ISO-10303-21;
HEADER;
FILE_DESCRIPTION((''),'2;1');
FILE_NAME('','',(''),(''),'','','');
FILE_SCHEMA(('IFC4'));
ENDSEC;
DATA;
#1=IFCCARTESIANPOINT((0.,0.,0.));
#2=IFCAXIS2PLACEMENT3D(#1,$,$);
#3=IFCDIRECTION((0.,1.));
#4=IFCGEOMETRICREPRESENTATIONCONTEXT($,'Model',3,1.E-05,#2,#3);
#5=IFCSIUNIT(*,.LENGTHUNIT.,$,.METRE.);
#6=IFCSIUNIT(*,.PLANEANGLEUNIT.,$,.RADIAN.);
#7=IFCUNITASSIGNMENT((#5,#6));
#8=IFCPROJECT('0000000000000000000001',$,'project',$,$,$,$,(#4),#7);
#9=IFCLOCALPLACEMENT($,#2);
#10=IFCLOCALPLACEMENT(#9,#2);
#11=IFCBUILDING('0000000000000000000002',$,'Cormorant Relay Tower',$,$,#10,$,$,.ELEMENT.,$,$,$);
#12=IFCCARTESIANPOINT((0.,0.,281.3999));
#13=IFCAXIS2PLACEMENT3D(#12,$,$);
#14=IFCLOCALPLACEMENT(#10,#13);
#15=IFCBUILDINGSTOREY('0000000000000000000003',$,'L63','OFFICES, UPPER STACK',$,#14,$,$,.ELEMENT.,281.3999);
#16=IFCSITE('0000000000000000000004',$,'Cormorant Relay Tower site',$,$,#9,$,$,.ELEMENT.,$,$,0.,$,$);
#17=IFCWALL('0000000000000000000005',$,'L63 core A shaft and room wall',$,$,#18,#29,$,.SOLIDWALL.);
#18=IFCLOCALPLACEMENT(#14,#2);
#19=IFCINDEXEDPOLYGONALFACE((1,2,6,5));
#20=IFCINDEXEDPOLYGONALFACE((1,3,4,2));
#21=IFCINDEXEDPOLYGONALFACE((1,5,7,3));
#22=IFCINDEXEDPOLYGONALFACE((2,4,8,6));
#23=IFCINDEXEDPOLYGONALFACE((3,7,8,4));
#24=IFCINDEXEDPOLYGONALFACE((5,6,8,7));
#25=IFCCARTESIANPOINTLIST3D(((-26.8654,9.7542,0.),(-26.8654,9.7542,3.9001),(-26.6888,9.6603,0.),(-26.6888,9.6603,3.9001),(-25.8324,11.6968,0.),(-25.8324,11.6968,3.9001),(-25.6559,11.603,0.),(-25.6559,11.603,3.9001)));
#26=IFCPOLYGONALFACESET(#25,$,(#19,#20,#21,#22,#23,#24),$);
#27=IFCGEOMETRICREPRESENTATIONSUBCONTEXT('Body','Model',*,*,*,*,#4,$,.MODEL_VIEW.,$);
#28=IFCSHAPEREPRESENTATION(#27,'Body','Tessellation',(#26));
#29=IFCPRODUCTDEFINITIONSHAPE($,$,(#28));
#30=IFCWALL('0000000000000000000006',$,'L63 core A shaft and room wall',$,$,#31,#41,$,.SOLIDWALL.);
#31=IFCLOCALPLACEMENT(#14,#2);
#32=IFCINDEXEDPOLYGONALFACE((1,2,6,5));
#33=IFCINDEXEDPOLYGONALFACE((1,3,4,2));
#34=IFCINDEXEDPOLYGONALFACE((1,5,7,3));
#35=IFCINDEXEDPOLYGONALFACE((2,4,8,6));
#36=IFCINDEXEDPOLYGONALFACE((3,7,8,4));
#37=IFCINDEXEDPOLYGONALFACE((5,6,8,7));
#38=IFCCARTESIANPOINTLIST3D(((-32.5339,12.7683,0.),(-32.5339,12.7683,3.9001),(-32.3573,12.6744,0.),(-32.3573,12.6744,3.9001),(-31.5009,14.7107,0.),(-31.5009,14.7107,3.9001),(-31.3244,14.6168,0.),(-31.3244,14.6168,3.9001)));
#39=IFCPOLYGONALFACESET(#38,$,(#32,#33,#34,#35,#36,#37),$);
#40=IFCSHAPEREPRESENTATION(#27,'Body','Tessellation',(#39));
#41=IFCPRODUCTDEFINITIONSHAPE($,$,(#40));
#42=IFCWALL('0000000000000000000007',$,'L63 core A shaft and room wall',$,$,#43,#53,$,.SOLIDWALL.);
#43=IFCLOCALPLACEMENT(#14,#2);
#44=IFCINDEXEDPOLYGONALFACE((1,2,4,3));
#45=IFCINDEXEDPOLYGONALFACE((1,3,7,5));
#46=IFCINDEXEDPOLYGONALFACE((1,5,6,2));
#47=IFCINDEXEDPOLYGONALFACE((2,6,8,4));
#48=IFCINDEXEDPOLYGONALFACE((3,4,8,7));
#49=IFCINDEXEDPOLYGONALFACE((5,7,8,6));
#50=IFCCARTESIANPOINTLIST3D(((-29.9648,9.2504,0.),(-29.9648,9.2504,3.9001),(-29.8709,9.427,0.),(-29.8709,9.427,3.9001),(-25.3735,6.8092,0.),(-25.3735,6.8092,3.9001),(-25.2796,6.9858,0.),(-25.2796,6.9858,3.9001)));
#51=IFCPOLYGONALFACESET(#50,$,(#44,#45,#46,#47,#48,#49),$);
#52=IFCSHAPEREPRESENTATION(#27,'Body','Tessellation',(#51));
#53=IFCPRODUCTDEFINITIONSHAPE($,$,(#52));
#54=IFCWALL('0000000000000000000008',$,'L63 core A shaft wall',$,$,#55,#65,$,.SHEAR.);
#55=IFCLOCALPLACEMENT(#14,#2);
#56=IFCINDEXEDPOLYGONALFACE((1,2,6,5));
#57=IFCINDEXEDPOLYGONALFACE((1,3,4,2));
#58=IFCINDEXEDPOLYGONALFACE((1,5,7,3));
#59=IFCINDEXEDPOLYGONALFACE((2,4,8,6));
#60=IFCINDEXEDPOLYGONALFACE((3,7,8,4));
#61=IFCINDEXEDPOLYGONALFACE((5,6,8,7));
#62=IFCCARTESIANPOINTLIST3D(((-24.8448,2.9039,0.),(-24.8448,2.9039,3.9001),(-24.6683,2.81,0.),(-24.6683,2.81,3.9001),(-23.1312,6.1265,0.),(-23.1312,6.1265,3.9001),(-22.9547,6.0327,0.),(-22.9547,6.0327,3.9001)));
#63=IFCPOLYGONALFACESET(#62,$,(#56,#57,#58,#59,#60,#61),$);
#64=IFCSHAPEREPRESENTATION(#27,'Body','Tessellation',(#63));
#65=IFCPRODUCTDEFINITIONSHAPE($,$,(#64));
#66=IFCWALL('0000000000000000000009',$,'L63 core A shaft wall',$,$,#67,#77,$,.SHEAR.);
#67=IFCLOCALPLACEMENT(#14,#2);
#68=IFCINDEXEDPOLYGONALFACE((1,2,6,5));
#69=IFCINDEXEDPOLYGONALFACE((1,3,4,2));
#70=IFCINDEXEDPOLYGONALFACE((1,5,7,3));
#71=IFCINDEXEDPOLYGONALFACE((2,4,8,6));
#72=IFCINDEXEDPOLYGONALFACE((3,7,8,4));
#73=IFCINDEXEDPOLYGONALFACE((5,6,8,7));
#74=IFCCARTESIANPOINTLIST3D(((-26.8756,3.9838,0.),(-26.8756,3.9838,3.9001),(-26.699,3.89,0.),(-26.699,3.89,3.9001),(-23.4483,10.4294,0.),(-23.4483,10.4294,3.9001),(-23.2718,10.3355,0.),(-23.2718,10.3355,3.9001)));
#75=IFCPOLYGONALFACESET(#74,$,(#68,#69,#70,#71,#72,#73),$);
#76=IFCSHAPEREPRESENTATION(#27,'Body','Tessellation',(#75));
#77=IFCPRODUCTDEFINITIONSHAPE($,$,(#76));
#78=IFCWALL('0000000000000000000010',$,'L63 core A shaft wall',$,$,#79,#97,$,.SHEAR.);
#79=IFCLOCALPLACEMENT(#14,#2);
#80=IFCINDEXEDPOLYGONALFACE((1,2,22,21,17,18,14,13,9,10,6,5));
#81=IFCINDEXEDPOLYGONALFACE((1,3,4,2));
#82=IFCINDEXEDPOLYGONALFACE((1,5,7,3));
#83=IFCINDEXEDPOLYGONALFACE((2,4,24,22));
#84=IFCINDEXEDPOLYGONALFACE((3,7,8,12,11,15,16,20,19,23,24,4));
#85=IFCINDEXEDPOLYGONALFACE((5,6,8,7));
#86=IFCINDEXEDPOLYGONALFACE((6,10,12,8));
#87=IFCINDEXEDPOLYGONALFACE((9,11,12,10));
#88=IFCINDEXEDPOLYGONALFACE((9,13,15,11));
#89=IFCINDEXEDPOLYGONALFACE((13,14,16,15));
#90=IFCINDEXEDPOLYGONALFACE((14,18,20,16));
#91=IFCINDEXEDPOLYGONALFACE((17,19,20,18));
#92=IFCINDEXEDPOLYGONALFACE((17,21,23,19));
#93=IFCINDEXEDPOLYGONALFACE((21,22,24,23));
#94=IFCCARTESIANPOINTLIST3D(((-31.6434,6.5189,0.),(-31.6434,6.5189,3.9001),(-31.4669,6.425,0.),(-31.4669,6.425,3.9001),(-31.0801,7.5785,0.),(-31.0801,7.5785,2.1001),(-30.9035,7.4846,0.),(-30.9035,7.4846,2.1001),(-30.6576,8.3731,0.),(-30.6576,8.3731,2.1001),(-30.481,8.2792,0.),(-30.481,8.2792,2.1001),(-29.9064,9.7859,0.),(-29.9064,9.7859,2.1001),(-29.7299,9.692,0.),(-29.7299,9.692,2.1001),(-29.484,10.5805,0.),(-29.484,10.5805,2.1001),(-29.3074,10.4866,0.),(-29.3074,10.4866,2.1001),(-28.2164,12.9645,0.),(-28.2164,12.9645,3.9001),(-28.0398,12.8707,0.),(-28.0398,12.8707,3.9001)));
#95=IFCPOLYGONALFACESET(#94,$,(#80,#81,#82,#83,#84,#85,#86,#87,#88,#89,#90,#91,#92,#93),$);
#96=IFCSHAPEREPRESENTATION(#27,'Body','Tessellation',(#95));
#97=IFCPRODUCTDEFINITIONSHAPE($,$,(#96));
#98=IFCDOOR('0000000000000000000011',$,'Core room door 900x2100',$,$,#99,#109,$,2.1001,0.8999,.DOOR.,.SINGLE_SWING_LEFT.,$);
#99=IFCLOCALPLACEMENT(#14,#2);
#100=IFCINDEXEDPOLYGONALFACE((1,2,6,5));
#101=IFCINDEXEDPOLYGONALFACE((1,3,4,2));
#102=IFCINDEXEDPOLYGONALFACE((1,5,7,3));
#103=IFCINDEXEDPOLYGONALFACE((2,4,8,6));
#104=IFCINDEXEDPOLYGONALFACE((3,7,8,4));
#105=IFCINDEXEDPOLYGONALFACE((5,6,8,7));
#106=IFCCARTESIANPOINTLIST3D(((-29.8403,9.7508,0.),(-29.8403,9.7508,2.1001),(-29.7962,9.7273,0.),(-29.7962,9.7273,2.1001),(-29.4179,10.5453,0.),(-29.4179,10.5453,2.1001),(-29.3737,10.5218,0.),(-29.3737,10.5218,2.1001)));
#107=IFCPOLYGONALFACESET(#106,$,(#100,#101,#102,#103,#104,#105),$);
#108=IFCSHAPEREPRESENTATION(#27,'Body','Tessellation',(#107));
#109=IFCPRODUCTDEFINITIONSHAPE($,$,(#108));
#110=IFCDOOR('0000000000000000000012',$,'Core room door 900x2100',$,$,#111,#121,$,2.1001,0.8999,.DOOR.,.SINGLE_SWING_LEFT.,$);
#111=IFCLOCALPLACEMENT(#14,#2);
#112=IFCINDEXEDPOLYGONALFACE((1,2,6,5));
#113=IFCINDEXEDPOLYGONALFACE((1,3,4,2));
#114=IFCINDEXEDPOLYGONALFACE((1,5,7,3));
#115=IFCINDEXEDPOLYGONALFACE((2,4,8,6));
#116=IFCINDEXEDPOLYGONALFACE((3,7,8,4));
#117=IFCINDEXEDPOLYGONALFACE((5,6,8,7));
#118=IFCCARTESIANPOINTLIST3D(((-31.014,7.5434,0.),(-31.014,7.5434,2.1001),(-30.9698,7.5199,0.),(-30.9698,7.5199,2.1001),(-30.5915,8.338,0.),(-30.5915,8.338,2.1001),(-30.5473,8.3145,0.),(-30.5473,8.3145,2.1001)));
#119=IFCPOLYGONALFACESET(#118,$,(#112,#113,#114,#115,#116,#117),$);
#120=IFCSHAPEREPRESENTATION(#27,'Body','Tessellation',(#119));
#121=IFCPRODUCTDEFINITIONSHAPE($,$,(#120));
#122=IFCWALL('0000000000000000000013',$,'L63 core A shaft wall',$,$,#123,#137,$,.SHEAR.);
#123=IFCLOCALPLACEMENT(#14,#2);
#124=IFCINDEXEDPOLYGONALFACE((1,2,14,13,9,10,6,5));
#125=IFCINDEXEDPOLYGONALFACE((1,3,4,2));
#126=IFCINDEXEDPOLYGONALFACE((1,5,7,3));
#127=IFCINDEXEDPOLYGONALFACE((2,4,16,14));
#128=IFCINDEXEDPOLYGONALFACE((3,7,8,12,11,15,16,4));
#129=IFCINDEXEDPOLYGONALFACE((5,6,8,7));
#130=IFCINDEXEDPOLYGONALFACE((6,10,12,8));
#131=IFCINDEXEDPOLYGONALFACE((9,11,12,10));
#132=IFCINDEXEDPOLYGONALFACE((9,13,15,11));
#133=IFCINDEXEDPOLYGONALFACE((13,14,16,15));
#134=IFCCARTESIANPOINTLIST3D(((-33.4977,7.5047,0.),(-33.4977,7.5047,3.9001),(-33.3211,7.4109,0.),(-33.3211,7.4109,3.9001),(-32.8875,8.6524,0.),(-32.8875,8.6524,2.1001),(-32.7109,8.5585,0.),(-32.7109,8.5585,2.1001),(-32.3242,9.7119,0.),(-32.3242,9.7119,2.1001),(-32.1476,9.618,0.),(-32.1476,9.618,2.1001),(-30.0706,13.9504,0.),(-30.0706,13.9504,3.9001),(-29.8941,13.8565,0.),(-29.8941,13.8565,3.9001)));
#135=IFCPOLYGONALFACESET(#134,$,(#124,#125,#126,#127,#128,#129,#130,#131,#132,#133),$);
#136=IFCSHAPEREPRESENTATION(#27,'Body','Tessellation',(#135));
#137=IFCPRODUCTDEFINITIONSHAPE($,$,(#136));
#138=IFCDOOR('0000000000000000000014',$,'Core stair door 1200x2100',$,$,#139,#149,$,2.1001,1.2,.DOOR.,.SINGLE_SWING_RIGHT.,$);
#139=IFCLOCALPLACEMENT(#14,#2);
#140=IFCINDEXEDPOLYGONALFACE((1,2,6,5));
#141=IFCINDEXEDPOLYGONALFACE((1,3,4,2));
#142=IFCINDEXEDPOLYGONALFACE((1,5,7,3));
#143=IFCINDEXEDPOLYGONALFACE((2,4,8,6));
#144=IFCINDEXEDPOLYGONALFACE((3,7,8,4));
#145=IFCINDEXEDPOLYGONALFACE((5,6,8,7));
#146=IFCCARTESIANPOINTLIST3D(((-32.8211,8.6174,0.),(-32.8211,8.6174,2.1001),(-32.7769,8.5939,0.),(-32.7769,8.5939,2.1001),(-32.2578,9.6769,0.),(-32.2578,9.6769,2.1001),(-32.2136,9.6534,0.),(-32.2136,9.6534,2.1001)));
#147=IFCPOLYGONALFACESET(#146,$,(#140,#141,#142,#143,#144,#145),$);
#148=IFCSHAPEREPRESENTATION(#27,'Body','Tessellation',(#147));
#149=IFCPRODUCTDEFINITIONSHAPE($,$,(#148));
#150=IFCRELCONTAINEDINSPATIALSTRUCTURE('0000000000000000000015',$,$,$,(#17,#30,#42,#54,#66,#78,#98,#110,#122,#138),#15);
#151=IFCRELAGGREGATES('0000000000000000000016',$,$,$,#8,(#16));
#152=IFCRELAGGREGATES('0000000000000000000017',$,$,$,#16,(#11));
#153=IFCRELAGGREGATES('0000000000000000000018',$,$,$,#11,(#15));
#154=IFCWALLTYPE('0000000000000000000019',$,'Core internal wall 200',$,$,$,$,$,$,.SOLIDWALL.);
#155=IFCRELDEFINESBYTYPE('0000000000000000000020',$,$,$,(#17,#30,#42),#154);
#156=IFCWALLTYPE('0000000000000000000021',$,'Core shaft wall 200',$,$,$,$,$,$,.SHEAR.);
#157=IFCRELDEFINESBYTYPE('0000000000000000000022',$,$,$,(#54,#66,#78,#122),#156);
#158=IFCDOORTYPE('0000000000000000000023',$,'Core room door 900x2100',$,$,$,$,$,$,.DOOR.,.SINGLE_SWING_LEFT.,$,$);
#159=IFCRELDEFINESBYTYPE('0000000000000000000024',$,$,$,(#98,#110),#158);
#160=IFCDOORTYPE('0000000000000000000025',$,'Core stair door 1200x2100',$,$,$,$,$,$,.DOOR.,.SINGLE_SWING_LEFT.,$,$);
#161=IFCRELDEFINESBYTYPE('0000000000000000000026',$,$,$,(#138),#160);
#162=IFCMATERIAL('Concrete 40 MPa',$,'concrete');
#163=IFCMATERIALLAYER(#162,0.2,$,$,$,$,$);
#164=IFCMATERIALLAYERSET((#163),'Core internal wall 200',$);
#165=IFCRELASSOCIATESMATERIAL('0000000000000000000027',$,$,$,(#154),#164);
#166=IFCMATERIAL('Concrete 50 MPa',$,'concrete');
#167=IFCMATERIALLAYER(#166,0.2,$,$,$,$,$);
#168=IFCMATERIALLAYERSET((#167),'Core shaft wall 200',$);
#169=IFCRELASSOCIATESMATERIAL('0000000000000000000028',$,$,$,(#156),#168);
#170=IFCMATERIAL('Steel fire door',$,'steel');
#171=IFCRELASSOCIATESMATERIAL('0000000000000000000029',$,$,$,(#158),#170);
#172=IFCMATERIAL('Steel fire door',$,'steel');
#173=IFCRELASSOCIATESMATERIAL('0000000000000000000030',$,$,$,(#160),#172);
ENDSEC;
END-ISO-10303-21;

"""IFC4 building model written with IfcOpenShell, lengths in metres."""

from ifc_helpers import new_model, si_unit, direction, frame, frame_2d, origin, place, context, subcontext, project, spatial, rectangle, extrude, material, layer, layer_set, type_object, element, fill, save


model = new_model("IFC4")

# Units and contexts
model_context = context("Model", 3, precision=1e-05, world=origin(), true_north=direction((0.0, 1.0)))
body_context = subcontext(model_context, "Body", "Model", "MODEL_VIEW")
ifc_project = project(units=[si_unit("LENGTHUNIT", "METRE"), si_unit("PLANEANGLEUNIT", "RADIAN")], contexts=[model_context])

# Site, building, storey
site_placement = place(None, origin())
site = spatial("IfcSite", under=ifc_project, at=site_placement, Name="Cormorant Relay Tower site", CompositionType="ELEMENT", RefElevation=0.0)
building_placement = place(site_placement, origin())
building = spatial("IfcBuilding", under=site, at=building_placement, Name="Cormorant Relay Tower", CompositionType="ELEMENT")
storey_placement = place(building_placement, frame((0.0, 0.0, 281.3999)))
storey = spatial("IfcBuildingStorey", under=building, at=storey_placement, Name="L63", Description="OFFICES, UPPER STACK", CompositionType="ELEMENT", Elevation=281.3999)

# Walls
ifc_material_1 = material(Name="Concrete 40 MPa", Category="concrete")
ifc_layer_1 = layer(ifc_material_1, 0.2)
ifc_layer_set_1 = layer_set([ifc_layer_1], Name="Core internal wall 200")
wall_type_1 = type_object("IfcWallType", Name="Core internal wall 200", PredefinedType="SOLIDWALL", material=ifc_layer_set_1)
wall_1_placement = place(storey_placement, frame((-25.7441, 11.6499, 0.0), z_axis=(0.0, 0.0, 1.0), x_axis=(-0.469488, -0.882939, 0.0)))
element("IfcWall", 1, at=wall_1_placement, inside=storey, type_object=wall_type_1, Name="L63 core A shaft and room wall", PredefinedType="SOLIDWALL", context=body_context, shape_type="SweptSolid", body=[
    extrude(rectangle(XDim=2.2002, YDim=0.2, at=frame_2d((1.1001, 0.0))), origin(), (0.0, 0.0, 1.0), 3.9001),
])
wall_2_placement = place(storey_placement, frame((-31.4126, 14.6638, 0.0), z_axis=(0.0, 0.0, 1.0), x_axis=(-0.469534, -0.882914, 0.0)))
element("IfcWall", 2, at=wall_2_placement, inside=storey, type_object=wall_type_1, Name="L63 core A shaft and room wall", PredefinedType="SOLIDWALL", context=body_context, shape_type="SweptSolid", body=[
    extrude(rectangle(XDim=2.2, YDim=0.2, at=frame_2d((1.1001, 0.0))), origin(), (0.0, 0.0, 1.0), 3.9001),
])
wall_3_placement = place(storey_placement, frame((-25.3264, 6.8975, 0.0), z_axis=(0.0, 0.0, 1.0), x_axis=(-0.882954, 0.46946, 0.0)))
element("IfcWall", 3, at=wall_3_placement, inside=storey, type_object=wall_type_1, Name="L63 core A shaft and room wall", PredefinedType="SOLIDWALL", context=body_context, shape_type="SweptSolid", body=[
    extrude(rectangle(XDim=5.2, YDim=0.2, at=frame_2d((2.6001, 0.0))), origin(), (0.0, 0.0, 1.0), 3.9001),
])
ifc_material_2 = material(Name="Concrete 50 MPa", Category="concrete")
ifc_layer_2 = layer(ifc_material_2, 0.2)
ifc_layer_set_2 = layer_set([ifc_layer_2], Name="Core shaft wall 200")
wall_type_2 = type_object("IfcWallType", Name="Core shaft wall 200", PredefinedType="SHEAR", material=ifc_layer_set_2)
wall_4_placement = place(storey_placement, frame((-23.043, 6.0796, 0.0), z_axis=(0.0, 0.0, 1.0), x_axis=(-0.469494, -0.882936, 0.0)))
element("IfcWall", 4, at=wall_4_placement, inside=storey, type_object=wall_type_2, Name="L63 core A shaft wall", PredefinedType="SHEAR", context=body_context, shape_type="SweptSolid", body=[
    extrude(rectangle(XDim=3.6499, YDim=0.2, at=frame_2d((1.825, 0.0))), origin(), (0.0, 0.0, 1.0), 3.9001),
])
wall_5_placement = place(storey_placement, frame((-23.3601, 10.3823, 0.0), z_axis=(0.0, 0.0, 1.0), x_axis=(-0.46948, -0.882943, 0.0)))
element("IfcWall", 5, at=wall_5_placement, inside=storey, type_object=wall_type_2, Name="L63 core A shaft wall", PredefinedType="SHEAR", context=body_context, shape_type="SweptSolid", body=[
    extrude(rectangle(XDim=7.3, YDim=0.2, at=frame_2d((3.6499, 0.0))), origin(), (0.0, 0.0, 1.0), 3.9001),
])

# Wall, openings, doors
wall_6_placement = place(storey_placement, frame((-28.1282, 12.9175, 0.0), z_axis=(0.0, 0.0, 1.0), x_axis=(-0.469454, -0.882957, 0.0)))
wall_6 = element("IfcWall", 6, at=wall_6_placement, inside=storey, type_object=wall_type_2, Name="L63 core A shaft wall", PredefinedType="SHEAR", context=body_context, shape_type="SweptSolid", body=[
    extrude(rectangle(XDim=7.3, YDim=0.2, at=frame_2d((3.6499, 0.0))), origin(), (0.0, 0.0, 1.0), 3.9001),
])
opening_1_placement = place(wall_6_placement, frame((2.7, 0.0, 0.0)))
opening_1 = element("IfcOpeningElement", 7, at=opening_1_placement, cuts=wall_6, PredefinedType="OPENING", context=body_context, shape_type="SweptSolid", body=[
    extrude(rectangle(XDim=0.8999, YDim=2.1001, at=frame_2d((0.45, 1.05))), frame((0.0, 0.1099, 0.0), z_axis=(0.0, -1.0, 0.0), x_axis=(1.0, 0.0, 0.0)), (0.0, 0.0, 1.0), 0.22),
])
opening_2_placement = place(wall_6_placement, frame((5.2, 0.0, 0.0)))
opening_2 = element("IfcOpeningElement", 8, at=opening_2_placement, cuts=wall_6, PredefinedType="OPENING", context=body_context, shape_type="SweptSolid", body=[
    extrude(rectangle(XDim=0.8999, YDim=2.1001, at=frame_2d((0.45, 1.05))), frame((0.0, 0.1099, 0.0), z_axis=(0.0, -1.0, 0.0), x_axis=(1.0, 0.0, 0.0)), (0.0, 0.0, 1.0), 0.22),
])
ifc_material_3 = material(Name="Steel fire door", Category="steel")
door_type_1 = type_object("IfcDoorType", Name="Core room door 900x2100", OperationType="SINGLE_SWING_LEFT", PredefinedType="DOOR", material=ifc_material_3)
door_1_placement = place(opening_1_placement, origin())
door_1 = element("IfcDoor", 9, at=door_1_placement, inside=storey, type_object=door_type_1, Name="Core room door 900x2100", OperationType="SINGLE_SWING_LEFT", OverallHeight=2.1001, OverallWidth=0.8999, PredefinedType="DOOR", context=body_context, shape_type="SweptSolid", body=[
    extrude(rectangle(XDim=0.8999, YDim=2.1001, at=frame_2d((0.45, 1.05))), frame((0.0, 0.0249, 0.0), z_axis=(0.0, -1.0, 0.0), x_axis=(1.0, 0.0, 0.0)), (0.0, 0.0, 1.0), 0.05),
])
fill(opening_1, door_1)
door_2_placement = place(opening_2_placement, origin())
door_2 = element("IfcDoor", 10, at=door_2_placement, inside=storey, type_object=door_type_1, Name="Core room door 900x2100", OperationType="SINGLE_SWING_LEFT", OverallHeight=2.1001, OverallWidth=0.8999, PredefinedType="DOOR", context=body_context, shape_type="SweptSolid", body=[
    extrude(rectangle(XDim=0.8999, YDim=2.1001, at=frame_2d((0.45, 1.05))), frame((0.0, 0.0249, 0.0), z_axis=(0.0, -1.0, 0.0), x_axis=(1.0, 0.0, 0.0)), (0.0, 0.0, 1.0), 0.05),
])
fill(opening_2, door_2)

# Wall, opening, door
wall_7_placement = place(storey_placement, frame((-29.9824, 13.9033, 0.0), z_axis=(0.0, 0.0, 1.0), x_axis=(-0.469454, -0.882957, 0.0)))
wall_7 = element("IfcWall", 11, at=wall_7_placement, inside=storey, type_object=wall_type_2, Name="L63 core A shaft wall", PredefinedType="SHEAR", context=body_context, shape_type="SweptSolid", body=[
    extrude(rectangle(XDim=7.3, YDim=0.2, at=frame_2d((3.6499, 0.0))), origin(), (0.0, 0.0, 1.0), 3.9001),
])
opening_3_placement = place(wall_7_placement, frame((4.8, 0.0, 0.0)))
opening_3 = element("IfcOpeningElement", 12, at=opening_3_placement, cuts=wall_7, PredefinedType="OPENING", context=body_context, shape_type="SweptSolid", body=[
    extrude(rectangle(XDim=1.2, YDim=2.1001, at=frame_2d((0.6001, 1.05))), frame((0.0, 0.1099, 0.0), z_axis=(0.0, -1.0, 0.0), x_axis=(1.0, 0.0, 0.0)), (0.0, 0.0, 1.0), 0.22),
])
ifc_material_4 = material(Name="Steel fire door", Category="steel")
door_type_2 = type_object("IfcDoorType", Name="Core stair door 1200x2100", OperationType="SINGLE_SWING_LEFT", PredefinedType="DOOR", material=ifc_material_4)
door_3_placement = place(opening_3_placement, frame((1.2, 0.0, 0.0), z_axis=(0.0, 0.0, 1.0), x_axis=(-1.0, 0.0, 0.0)))
door_3 = element("IfcDoor", 13, at=door_3_placement, inside=storey, type_object=door_type_2, Name="Core stair door 1200x2100", OperationType="SINGLE_SWING_RIGHT", OverallHeight=2.1001, OverallWidth=1.2, PredefinedType="DOOR", context=body_context, shape_type="SweptSolid", body=[
    extrude(rectangle(XDim=1.2, YDim=2.1001, at=frame_2d((0.6001, 1.05))), frame((0.0, 0.0249, 0.0), z_axis=(0.0, -1.0, 0.0), x_axis=(1.0, 0.0, 0.0)), (0.0, 0.0, 1.0), 0.05),
])
fill(opening_3, door_3)

save(model, "model.ifc")
